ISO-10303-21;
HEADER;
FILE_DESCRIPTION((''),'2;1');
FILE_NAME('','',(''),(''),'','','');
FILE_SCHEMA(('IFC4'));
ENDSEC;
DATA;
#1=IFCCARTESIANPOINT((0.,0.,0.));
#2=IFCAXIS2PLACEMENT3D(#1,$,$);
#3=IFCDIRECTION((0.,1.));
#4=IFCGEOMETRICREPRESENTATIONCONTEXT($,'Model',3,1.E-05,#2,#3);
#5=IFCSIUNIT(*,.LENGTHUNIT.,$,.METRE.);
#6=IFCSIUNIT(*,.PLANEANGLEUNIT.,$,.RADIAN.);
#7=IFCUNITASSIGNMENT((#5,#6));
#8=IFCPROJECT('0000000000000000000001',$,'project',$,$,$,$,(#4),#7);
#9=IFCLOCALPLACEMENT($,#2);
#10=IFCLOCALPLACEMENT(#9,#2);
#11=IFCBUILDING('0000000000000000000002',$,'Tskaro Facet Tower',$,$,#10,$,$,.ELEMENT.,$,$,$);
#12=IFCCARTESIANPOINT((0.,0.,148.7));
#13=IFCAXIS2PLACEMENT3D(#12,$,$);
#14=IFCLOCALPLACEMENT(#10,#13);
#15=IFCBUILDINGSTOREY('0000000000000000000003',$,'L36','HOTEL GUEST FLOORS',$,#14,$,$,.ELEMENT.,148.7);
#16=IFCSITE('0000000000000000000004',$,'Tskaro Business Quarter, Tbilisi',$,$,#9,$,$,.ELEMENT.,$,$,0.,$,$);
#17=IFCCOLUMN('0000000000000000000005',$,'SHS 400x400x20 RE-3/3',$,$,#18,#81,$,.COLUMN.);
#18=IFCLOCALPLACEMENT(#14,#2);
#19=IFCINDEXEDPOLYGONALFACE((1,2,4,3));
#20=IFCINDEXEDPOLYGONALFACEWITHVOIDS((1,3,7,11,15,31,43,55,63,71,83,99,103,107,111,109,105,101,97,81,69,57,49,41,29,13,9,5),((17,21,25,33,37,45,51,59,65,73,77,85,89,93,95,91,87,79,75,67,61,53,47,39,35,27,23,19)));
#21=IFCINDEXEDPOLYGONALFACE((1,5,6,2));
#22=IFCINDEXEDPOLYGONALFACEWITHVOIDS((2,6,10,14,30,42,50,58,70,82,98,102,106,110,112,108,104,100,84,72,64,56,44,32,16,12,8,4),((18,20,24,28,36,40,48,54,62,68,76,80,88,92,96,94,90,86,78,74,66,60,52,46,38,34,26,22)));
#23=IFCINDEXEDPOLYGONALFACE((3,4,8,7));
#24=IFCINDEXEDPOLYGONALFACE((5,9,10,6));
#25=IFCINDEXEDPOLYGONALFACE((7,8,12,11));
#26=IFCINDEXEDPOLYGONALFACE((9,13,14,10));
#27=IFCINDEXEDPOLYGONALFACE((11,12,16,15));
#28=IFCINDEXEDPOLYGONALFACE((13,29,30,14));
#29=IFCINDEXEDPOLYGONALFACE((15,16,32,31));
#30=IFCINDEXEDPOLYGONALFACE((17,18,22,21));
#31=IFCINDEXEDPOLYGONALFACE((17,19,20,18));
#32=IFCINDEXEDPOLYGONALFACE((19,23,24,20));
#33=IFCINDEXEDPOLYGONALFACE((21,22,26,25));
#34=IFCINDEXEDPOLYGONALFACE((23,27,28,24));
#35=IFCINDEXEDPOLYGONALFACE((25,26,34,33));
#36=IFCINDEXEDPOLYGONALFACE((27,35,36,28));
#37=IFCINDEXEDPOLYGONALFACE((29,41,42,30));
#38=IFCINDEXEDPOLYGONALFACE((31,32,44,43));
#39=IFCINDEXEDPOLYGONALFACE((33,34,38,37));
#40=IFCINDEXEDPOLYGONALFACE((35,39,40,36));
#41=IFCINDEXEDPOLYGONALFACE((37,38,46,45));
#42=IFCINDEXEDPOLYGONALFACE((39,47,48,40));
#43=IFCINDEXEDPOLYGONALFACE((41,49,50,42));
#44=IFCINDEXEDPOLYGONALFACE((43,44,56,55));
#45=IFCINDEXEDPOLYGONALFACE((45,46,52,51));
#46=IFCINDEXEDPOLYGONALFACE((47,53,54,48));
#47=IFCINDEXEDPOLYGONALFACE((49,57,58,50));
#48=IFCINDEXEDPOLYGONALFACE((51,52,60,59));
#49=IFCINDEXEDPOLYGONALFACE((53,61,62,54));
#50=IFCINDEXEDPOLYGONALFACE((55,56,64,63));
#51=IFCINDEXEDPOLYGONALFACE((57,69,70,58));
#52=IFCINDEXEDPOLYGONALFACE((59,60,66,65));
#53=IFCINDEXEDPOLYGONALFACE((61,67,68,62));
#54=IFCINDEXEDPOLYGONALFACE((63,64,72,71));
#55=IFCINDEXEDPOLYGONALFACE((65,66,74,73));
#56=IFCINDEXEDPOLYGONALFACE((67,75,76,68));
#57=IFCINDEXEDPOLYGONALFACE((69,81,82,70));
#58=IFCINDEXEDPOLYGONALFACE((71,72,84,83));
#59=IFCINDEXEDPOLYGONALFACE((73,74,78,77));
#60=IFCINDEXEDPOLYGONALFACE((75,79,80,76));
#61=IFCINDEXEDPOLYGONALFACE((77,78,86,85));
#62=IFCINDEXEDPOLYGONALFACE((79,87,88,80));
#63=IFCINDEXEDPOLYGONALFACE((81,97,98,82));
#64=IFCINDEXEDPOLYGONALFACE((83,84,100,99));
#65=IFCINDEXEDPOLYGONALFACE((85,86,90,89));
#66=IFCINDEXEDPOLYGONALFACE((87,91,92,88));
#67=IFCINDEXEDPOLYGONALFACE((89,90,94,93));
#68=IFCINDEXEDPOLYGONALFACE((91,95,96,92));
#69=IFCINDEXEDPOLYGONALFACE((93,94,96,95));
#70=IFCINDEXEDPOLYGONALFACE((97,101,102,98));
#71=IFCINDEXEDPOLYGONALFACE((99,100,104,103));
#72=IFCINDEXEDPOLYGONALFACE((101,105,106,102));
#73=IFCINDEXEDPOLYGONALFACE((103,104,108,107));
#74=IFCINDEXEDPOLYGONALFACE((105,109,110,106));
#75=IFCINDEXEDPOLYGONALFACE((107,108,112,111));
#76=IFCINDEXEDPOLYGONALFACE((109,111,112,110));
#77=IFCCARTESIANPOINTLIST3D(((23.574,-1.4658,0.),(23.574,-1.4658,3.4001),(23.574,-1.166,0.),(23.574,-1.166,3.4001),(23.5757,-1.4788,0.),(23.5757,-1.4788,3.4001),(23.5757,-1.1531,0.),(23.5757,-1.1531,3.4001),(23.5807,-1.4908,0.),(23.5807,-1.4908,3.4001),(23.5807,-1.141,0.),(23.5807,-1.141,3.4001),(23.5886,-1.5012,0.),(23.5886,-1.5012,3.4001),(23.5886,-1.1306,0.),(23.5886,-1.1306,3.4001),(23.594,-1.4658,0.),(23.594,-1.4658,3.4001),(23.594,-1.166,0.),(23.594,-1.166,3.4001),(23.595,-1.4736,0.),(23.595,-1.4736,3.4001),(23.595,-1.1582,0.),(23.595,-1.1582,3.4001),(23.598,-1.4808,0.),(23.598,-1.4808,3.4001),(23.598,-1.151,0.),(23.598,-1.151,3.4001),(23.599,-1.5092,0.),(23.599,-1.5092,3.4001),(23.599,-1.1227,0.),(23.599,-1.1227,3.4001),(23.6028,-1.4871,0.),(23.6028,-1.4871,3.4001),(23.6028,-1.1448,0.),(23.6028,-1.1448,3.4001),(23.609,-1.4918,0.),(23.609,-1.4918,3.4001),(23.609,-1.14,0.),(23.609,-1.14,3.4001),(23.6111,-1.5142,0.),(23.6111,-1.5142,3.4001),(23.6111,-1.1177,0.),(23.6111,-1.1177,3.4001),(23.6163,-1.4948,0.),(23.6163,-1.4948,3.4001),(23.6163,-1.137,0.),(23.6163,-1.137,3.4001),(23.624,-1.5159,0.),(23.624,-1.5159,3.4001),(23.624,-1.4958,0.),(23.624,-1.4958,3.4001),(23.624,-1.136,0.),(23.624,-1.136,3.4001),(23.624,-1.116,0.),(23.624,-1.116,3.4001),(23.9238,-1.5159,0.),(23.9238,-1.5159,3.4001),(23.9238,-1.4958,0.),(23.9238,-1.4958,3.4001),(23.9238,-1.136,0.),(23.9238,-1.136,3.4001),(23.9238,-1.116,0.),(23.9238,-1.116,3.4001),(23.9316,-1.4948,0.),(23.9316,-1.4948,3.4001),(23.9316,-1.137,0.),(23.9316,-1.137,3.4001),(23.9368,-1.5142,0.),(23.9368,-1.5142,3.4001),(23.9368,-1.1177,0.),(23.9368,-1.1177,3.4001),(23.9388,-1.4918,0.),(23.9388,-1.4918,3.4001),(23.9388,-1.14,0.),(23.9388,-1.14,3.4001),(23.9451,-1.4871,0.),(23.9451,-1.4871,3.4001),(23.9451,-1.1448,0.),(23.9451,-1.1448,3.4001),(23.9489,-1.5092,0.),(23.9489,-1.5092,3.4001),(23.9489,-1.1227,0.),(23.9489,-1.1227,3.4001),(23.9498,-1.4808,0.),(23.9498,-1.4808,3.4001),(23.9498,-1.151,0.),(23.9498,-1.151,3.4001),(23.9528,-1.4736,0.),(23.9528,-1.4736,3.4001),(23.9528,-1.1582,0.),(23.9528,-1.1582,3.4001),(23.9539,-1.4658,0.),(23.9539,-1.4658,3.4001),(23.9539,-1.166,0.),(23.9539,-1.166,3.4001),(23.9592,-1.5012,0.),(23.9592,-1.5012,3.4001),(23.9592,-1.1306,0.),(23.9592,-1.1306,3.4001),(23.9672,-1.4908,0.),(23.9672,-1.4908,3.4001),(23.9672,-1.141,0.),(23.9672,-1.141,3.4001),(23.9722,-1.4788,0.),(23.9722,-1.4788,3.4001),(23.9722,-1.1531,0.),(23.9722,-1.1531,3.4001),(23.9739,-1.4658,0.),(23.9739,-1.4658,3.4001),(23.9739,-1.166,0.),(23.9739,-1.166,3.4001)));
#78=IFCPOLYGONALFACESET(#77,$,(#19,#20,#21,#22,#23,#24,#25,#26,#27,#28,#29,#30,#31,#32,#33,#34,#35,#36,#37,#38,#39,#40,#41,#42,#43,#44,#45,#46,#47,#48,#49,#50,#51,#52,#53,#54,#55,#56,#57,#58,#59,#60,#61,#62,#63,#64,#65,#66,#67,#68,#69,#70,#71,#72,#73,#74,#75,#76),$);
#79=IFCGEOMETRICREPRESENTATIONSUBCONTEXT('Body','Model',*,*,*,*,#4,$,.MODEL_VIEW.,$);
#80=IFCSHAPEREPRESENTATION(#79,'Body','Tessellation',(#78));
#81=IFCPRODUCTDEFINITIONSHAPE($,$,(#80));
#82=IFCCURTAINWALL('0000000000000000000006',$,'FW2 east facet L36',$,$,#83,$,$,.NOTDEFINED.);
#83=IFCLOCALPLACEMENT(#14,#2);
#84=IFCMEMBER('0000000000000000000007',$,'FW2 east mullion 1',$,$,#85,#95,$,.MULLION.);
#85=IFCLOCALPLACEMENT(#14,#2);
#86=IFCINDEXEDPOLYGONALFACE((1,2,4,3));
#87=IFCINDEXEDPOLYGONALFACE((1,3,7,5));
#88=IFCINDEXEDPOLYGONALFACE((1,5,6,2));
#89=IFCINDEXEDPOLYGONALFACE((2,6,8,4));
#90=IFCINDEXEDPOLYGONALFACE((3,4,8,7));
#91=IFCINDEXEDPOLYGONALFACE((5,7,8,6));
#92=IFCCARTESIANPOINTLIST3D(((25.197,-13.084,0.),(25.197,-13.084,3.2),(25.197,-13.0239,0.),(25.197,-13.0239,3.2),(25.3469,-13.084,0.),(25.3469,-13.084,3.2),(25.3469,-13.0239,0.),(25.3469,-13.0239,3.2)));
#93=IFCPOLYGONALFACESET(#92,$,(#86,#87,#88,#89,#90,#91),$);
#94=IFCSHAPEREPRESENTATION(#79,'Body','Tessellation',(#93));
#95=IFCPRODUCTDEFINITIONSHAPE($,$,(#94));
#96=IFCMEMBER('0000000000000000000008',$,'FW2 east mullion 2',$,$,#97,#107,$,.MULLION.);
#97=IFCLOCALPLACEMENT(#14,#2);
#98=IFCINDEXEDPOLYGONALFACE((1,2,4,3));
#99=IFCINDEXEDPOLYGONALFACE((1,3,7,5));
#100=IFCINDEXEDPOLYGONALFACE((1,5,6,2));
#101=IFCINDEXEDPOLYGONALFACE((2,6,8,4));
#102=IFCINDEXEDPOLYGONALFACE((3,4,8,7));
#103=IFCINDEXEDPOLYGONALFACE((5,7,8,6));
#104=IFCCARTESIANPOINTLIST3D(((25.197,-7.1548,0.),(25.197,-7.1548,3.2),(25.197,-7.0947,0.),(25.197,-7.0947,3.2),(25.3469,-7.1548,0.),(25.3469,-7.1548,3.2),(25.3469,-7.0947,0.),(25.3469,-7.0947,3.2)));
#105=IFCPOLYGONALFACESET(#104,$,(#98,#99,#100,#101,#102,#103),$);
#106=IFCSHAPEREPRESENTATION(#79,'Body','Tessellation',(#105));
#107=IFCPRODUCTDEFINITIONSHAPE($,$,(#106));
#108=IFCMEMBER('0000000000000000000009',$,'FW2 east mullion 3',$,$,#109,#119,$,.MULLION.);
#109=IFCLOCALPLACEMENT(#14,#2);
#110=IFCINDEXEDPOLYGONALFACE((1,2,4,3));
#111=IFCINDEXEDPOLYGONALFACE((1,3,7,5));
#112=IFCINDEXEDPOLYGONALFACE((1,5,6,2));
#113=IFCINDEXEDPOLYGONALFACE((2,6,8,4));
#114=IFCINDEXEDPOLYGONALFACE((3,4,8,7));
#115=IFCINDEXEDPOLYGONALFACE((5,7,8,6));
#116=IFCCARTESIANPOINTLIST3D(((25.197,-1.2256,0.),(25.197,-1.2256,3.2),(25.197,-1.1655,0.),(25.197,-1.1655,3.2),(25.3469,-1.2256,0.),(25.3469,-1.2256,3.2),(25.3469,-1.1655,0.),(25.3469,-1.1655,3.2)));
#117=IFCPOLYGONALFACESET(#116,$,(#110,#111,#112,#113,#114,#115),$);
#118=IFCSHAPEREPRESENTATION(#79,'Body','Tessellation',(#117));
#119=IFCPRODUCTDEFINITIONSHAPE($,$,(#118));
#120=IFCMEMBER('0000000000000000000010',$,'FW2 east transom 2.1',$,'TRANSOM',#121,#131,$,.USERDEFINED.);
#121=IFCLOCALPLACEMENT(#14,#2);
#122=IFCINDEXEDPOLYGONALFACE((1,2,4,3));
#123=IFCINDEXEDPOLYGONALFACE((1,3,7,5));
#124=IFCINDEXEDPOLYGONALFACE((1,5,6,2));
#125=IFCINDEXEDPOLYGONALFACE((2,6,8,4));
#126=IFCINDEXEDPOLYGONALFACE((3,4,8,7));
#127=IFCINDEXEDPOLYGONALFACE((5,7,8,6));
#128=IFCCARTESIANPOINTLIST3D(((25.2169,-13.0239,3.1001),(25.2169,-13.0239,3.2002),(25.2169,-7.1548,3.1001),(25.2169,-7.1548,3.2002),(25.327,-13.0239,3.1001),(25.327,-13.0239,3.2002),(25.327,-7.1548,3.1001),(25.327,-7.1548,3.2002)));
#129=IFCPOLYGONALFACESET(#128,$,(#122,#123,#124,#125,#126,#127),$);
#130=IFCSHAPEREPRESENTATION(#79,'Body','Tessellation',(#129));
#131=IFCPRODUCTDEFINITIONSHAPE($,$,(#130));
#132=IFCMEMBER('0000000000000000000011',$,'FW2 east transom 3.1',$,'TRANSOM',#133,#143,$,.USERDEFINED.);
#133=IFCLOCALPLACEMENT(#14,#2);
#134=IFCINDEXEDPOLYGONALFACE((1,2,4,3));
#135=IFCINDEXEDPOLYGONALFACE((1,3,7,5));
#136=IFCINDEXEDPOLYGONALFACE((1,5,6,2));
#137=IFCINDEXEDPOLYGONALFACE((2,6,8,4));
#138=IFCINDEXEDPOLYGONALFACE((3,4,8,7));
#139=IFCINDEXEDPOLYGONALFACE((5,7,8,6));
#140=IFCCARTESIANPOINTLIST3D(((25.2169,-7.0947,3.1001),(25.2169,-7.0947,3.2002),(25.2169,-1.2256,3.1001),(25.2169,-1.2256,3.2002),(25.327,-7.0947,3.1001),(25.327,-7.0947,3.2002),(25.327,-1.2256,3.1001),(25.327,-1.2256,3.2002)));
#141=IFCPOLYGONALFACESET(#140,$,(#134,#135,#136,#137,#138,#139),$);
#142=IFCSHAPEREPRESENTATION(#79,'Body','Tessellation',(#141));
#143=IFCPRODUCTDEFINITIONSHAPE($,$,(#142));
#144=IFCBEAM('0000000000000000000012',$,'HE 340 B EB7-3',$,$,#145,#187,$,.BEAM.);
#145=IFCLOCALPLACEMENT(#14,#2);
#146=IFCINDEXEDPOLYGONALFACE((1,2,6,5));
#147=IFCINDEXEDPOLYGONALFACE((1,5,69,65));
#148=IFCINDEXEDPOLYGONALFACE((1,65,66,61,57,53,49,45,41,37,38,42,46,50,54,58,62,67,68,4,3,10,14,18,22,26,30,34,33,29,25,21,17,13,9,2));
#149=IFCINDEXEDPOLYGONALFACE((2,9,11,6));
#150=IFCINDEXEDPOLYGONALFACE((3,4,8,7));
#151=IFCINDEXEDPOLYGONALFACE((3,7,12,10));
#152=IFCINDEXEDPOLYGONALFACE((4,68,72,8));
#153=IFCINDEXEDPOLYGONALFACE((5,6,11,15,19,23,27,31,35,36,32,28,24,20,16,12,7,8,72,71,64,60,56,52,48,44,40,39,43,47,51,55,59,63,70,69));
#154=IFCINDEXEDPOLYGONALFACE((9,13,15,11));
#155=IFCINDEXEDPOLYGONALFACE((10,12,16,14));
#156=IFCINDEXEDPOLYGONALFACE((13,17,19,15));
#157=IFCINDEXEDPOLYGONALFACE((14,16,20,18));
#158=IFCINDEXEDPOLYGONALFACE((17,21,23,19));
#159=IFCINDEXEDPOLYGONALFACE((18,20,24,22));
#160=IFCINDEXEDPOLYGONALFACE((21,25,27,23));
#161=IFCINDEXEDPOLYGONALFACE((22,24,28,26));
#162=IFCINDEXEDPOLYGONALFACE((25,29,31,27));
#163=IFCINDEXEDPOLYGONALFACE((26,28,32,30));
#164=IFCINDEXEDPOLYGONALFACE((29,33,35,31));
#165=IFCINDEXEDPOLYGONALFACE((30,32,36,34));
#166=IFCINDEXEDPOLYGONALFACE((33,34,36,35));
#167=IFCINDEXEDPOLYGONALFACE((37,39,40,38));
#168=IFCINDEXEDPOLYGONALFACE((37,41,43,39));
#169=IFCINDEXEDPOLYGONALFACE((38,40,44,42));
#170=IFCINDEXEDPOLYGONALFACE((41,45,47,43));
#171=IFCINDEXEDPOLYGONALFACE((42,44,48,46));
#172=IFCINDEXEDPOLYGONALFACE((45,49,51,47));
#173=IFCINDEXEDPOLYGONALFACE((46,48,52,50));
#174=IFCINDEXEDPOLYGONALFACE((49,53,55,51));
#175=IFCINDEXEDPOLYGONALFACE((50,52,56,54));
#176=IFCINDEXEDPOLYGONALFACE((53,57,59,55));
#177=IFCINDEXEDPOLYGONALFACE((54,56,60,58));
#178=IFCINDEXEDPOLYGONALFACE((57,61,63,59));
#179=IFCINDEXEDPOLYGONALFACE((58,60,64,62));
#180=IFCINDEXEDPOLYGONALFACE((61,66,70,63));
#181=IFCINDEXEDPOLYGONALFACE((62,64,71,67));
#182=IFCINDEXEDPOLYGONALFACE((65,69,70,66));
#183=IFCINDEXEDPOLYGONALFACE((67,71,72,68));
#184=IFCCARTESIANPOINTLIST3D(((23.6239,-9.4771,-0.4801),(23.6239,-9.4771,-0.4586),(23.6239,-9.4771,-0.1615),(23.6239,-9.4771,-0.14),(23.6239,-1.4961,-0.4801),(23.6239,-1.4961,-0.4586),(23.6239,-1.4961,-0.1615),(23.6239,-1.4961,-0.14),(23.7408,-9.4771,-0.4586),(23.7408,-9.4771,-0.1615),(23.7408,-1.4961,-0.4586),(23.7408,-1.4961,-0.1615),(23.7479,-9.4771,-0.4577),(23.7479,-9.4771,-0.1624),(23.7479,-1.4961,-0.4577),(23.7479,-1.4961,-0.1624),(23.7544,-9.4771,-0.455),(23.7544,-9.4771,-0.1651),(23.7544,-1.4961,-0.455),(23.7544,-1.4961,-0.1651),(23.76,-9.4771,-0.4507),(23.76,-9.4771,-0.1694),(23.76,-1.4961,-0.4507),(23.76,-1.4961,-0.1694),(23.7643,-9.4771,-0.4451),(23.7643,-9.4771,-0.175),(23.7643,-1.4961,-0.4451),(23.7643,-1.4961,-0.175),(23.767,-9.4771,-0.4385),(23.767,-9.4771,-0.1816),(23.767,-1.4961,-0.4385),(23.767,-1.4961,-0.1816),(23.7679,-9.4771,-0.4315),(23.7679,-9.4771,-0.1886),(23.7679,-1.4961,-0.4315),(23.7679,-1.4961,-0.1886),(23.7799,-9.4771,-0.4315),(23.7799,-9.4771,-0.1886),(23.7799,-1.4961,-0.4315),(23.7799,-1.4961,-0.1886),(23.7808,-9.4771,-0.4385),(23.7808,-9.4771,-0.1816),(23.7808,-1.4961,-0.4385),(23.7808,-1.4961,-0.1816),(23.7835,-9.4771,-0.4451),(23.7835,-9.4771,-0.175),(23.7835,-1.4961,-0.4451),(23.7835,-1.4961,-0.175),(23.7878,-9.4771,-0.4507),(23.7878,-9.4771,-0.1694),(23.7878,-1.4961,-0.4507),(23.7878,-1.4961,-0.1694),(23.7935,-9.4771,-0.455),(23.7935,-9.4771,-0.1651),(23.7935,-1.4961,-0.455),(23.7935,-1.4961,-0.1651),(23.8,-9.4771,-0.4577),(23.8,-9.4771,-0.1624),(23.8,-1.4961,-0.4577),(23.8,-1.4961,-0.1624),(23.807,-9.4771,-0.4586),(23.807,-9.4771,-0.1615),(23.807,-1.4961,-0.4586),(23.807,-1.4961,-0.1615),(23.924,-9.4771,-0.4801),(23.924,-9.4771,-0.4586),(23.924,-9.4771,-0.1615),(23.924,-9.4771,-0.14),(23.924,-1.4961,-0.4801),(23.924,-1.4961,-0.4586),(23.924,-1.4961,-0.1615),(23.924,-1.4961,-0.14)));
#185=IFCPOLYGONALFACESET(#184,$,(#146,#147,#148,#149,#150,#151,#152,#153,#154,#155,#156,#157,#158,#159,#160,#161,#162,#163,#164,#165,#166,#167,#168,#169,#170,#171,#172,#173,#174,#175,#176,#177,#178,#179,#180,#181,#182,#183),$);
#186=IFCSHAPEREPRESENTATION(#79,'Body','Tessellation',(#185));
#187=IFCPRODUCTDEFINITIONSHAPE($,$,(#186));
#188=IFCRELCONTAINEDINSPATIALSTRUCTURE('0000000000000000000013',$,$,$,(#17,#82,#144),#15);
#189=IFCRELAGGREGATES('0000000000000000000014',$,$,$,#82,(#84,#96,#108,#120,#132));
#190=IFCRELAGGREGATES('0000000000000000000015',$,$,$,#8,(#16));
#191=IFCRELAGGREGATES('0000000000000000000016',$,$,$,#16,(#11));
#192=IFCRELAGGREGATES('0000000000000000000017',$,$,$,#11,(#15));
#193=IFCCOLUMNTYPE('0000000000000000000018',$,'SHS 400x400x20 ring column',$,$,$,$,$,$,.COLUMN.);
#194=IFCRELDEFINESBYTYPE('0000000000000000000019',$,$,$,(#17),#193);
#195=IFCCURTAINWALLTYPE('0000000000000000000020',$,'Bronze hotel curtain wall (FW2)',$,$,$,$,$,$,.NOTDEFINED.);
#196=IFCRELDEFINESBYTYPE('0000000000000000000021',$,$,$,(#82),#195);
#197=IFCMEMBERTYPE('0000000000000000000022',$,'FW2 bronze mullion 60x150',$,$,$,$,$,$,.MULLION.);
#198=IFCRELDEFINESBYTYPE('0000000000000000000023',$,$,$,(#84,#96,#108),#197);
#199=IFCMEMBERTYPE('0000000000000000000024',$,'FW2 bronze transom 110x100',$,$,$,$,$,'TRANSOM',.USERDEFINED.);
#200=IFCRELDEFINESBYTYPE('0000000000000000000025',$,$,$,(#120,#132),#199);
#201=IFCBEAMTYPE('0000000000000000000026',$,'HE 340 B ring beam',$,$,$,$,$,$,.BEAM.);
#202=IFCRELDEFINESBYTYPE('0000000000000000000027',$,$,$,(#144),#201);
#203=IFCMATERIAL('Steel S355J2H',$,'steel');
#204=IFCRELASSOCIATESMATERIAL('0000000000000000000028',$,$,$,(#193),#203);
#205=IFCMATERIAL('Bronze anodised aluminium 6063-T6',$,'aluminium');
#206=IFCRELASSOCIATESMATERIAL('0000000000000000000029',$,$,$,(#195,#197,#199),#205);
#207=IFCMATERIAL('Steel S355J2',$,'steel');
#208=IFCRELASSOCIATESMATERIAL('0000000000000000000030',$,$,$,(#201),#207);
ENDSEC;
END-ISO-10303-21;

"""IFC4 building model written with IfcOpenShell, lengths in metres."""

from ifc_helpers import new_model, si_unit, direction, frame, origin, origin_2d, place, context, subcontext, project, spatial, rectangle, hollow_rectangle, i_section, extrude, material, material_profile, profile_set, type_object, element, aggregate, save


model = new_model("IFC4")

# Units and contexts
model_context = context("Model", 3, precision=1e-05, world=origin(), true_north=direction((0.0, 1.0)))
body_context = subcontext(model_context, "Body", "Model", "MODEL_VIEW")
ifc_project = project(units=[si_unit("LENGTHUNIT", "METRE"), si_unit("PLANEANGLEUNIT", "RADIAN")], contexts=[model_context])

# Site, building, storey
site_placement = place(None, origin())
site = spatial("IfcSite", under=ifc_project, at=site_placement, Name="Tskaro Business Quarter, Tbilisi", CompositionType="ELEMENT", RefElevation=0.0)
building_placement = place(site_placement, origin())
building = spatial("IfcBuilding", under=site, at=building_placement, Name="Tskaro Facet Tower", CompositionType="ELEMENT")
storey_placement = place(building_placement, frame((0.0, 0.0, 148.7)))
storey = spatial("IfcBuildingStorey", under=building, at=storey_placement, Name="L36", Description="HOTEL GUEST FLOORS", CompositionType="ELEMENT", Elevation=148.7)

# Column
ifc_material_1 = material(Name="Steel S355J2H", Category="steel")
ifc_material_profile_1 = material_profile(ifc_material_1, hollow_rectangle(XDim=0.3999, YDim=0.3999, WallThickness=0.02, InnerFilletRadius=0.03, OuterFilletRadius=0.05, at=origin_2d()), Name="SHS 400x400x20")
ifc_profile_set_1 = profile_set([ifc_material_profile_1], Name="Steel S355J2H")
column_type_1 = type_object("IfcColumnType", Name="SHS 400x400x20 ring column", PredefinedType="COLUMN", material=ifc_profile_set_1)
for number, where, z_axis, x_axis, name in (
    (1, (23.7739, -1.3159, 0.0), (0.0, 0.0, 1.0), (1.0, 0.0, 0.0), "SHS 400x400x20 RE-3/3"),
):
    element("IfcColumn", number, at=place(storey_placement, frame(where, z_axis=z_axis, x_axis=x_axis)), inside=storey, type_object=column_type_1, Name=name, PredefinedType="COLUMN", context=body_context, shape_type="SweptSolid", body=[
        extrude(hollow_rectangle(XDim=0.3999, YDim=0.3999, WallThickness=0.02, InnerFilletRadius=0.03, OuterFilletRadius=0.05, at=origin_2d()), origin(), (0.0, 0.0, 1.0), 3.4001),
    ])

# Curtain wall, members
ifc_material_2 = material(Name="Bronze anodised aluminium 6063-T6", Category="aluminium")
curtain_wall_type = type_object("IfcCurtainWallType", Name="Bronze hotel curtain wall (FW2)", PredefinedType="NOTDEFINED", material=ifc_material_2)
curtain_wall_placement = place(storey_placement, origin())
curtain_wall = element("IfcCurtainWall", 2, at=curtain_wall_placement, inside=storey, type_object=curtain_wall_type, Name="FW2 east facet L36", PredefinedType="NOTDEFINED")
ifc_material_profile_2 = material_profile(ifc_material_2, rectangle(XDim=0.0601, YDim=0.1499, at=origin_2d()), Name="Mullion 60x150")
ifc_profile_set_2 = profile_set([ifc_material_profile_2], Name="Bronze anodised aluminium 6063-T6")
member_type_1 = type_object("IfcMemberType", Name="FW2 bronze mullion 60x150", PredefinedType="MULLION", material=ifc_profile_set_2)
member_1_placement = place(storey_placement, frame((25.272, -13.054, 0.0), z_axis=(0.0, 0.0, 1.0), x_axis=(0.0, 1.0, 0.0)))
member_1 = element("IfcMember", 3, at=member_1_placement, type_object=member_type_1, Name="FW2 east mullion 1", PredefinedType="MULLION", context=body_context, shape_type="SweptSolid", body=[
    extrude(rectangle(XDim=0.0601, YDim=0.1499, at=origin_2d()), origin(), (0.0, 0.0, 1.0), 3.2),
])
member_2_placement = place(storey_placement, frame((25.272, -7.1248, 0.0), z_axis=(0.0, 0.0, 1.0), x_axis=(0.0, 1.0, 0.0)))
member_2 = element("IfcMember", 4, at=member_2_placement, type_object=member_type_1, Name="FW2 east mullion 2", PredefinedType="MULLION", context=body_context, shape_type="SweptSolid", body=[
    extrude(rectangle(XDim=0.0601, YDim=0.1499, at=origin_2d()), origin(), (0.0, 0.0, 1.0), 3.2),
])
member_3_placement = place(storey_placement, frame((25.272, -1.1956, 0.0), z_axis=(0.0, 0.0, 1.0), x_axis=(0.0, 1.0, 0.0)))
member_3 = element("IfcMember", 5, at=member_3_placement, type_object=member_type_1, Name="FW2 east mullion 3", PredefinedType="MULLION", context=body_context, shape_type="SweptSolid", body=[
    extrude(rectangle(XDim=0.0601, YDim=0.1499, at=origin_2d()), origin(), (0.0, 0.0, 1.0), 3.2),
])
ifc_material_profile_3 = material_profile(ifc_material_2, rectangle(XDim=0.1101, YDim=0.1001, at=origin_2d()), Name="Transom 110x100")
ifc_profile_set_3 = profile_set([ifc_material_profile_3], Name="Bronze anodised aluminium 6063-T6")
member_type_2 = type_object("IfcMemberType", Name="FW2 bronze transom 110x100", ElementType="TRANSOM", PredefinedType="USERDEFINED", material=ifc_profile_set_3)
member_4_placement = place(storey_placement, frame((25.272, -13.0239, 3.1501), z_axis=(0.0, 1.0, 0.0), x_axis=(-1.0, 0.0, 0.0)))
member_4 = element("IfcMember", 6, at=member_4_placement, type_object=member_type_2, Name="FW2 east transom 2.1", ObjectType="TRANSOM", PredefinedType="USERDEFINED", context=body_context, shape_type="SweptSolid", body=[
    extrude(rectangle(XDim=0.1101, YDim=0.1001, at=origin_2d()), origin(), (0.0, 0.0, 1.0), 5.8691),
])
member_5_placement = place(storey_placement, frame((25.272, -7.0947, 3.1501), z_axis=(0.0, 1.0, 0.0), x_axis=(-1.0, 0.0, 0.0)))
member_5 = element("IfcMember", 7, at=member_5_placement, type_object=member_type_2, Name="FW2 east transom 3.1", ObjectType="TRANSOM", PredefinedType="USERDEFINED", context=body_context, shape_type="SweptSolid", body=[
    extrude(rectangle(XDim=0.1101, YDim=0.1001, at=origin_2d()), origin(), (0.0, 0.0, 1.0), 5.8691),
])

# Beam
ifc_material_3 = material(Name="Steel S355J2", Category="steel")
ifc_material_profile_4 = material_profile(ifc_material_3, i_section(OverallWidth=0.3, OverallDepth=0.3401, WebThickness=0.012, FlangeThickness=0.0215, FilletRadius=0.0271, at=origin_2d()), Name="HE 340 B")
ifc_profile_set_4 = profile_set([ifc_material_profile_4], Name="Steel S355J2")
beam_type_1 = type_object("IfcBeamType", Name="HE 340 B ring beam", PredefinedType="BEAM", material=ifc_profile_set_4)
beam_1_placement = place(storey_placement, frame((23.7739, -9.4771, -0.3101), z_axis=(0.0, 1.0, 0.0), x_axis=(-1.0, 0.0, 0.0)))
element("IfcBeam", 8, at=beam_1_placement, inside=storey, type_object=beam_type_1, Name="HE 340 B EB7-3", PredefinedType="BEAM", context=body_context, shape_type="SweptSolid", body=[
    extrude(i_section(OverallWidth=0.3, OverallDepth=0.3401, WebThickness=0.012, FlangeThickness=0.0215, FilletRadius=0.0271, at=origin_2d()), origin(), (0.0, 0.0, 1.0), 7.981),
])

aggregate(curtain_wall, [member_1, member_2, member_3, member_4, member_5])

save(model, "model.ifc")
